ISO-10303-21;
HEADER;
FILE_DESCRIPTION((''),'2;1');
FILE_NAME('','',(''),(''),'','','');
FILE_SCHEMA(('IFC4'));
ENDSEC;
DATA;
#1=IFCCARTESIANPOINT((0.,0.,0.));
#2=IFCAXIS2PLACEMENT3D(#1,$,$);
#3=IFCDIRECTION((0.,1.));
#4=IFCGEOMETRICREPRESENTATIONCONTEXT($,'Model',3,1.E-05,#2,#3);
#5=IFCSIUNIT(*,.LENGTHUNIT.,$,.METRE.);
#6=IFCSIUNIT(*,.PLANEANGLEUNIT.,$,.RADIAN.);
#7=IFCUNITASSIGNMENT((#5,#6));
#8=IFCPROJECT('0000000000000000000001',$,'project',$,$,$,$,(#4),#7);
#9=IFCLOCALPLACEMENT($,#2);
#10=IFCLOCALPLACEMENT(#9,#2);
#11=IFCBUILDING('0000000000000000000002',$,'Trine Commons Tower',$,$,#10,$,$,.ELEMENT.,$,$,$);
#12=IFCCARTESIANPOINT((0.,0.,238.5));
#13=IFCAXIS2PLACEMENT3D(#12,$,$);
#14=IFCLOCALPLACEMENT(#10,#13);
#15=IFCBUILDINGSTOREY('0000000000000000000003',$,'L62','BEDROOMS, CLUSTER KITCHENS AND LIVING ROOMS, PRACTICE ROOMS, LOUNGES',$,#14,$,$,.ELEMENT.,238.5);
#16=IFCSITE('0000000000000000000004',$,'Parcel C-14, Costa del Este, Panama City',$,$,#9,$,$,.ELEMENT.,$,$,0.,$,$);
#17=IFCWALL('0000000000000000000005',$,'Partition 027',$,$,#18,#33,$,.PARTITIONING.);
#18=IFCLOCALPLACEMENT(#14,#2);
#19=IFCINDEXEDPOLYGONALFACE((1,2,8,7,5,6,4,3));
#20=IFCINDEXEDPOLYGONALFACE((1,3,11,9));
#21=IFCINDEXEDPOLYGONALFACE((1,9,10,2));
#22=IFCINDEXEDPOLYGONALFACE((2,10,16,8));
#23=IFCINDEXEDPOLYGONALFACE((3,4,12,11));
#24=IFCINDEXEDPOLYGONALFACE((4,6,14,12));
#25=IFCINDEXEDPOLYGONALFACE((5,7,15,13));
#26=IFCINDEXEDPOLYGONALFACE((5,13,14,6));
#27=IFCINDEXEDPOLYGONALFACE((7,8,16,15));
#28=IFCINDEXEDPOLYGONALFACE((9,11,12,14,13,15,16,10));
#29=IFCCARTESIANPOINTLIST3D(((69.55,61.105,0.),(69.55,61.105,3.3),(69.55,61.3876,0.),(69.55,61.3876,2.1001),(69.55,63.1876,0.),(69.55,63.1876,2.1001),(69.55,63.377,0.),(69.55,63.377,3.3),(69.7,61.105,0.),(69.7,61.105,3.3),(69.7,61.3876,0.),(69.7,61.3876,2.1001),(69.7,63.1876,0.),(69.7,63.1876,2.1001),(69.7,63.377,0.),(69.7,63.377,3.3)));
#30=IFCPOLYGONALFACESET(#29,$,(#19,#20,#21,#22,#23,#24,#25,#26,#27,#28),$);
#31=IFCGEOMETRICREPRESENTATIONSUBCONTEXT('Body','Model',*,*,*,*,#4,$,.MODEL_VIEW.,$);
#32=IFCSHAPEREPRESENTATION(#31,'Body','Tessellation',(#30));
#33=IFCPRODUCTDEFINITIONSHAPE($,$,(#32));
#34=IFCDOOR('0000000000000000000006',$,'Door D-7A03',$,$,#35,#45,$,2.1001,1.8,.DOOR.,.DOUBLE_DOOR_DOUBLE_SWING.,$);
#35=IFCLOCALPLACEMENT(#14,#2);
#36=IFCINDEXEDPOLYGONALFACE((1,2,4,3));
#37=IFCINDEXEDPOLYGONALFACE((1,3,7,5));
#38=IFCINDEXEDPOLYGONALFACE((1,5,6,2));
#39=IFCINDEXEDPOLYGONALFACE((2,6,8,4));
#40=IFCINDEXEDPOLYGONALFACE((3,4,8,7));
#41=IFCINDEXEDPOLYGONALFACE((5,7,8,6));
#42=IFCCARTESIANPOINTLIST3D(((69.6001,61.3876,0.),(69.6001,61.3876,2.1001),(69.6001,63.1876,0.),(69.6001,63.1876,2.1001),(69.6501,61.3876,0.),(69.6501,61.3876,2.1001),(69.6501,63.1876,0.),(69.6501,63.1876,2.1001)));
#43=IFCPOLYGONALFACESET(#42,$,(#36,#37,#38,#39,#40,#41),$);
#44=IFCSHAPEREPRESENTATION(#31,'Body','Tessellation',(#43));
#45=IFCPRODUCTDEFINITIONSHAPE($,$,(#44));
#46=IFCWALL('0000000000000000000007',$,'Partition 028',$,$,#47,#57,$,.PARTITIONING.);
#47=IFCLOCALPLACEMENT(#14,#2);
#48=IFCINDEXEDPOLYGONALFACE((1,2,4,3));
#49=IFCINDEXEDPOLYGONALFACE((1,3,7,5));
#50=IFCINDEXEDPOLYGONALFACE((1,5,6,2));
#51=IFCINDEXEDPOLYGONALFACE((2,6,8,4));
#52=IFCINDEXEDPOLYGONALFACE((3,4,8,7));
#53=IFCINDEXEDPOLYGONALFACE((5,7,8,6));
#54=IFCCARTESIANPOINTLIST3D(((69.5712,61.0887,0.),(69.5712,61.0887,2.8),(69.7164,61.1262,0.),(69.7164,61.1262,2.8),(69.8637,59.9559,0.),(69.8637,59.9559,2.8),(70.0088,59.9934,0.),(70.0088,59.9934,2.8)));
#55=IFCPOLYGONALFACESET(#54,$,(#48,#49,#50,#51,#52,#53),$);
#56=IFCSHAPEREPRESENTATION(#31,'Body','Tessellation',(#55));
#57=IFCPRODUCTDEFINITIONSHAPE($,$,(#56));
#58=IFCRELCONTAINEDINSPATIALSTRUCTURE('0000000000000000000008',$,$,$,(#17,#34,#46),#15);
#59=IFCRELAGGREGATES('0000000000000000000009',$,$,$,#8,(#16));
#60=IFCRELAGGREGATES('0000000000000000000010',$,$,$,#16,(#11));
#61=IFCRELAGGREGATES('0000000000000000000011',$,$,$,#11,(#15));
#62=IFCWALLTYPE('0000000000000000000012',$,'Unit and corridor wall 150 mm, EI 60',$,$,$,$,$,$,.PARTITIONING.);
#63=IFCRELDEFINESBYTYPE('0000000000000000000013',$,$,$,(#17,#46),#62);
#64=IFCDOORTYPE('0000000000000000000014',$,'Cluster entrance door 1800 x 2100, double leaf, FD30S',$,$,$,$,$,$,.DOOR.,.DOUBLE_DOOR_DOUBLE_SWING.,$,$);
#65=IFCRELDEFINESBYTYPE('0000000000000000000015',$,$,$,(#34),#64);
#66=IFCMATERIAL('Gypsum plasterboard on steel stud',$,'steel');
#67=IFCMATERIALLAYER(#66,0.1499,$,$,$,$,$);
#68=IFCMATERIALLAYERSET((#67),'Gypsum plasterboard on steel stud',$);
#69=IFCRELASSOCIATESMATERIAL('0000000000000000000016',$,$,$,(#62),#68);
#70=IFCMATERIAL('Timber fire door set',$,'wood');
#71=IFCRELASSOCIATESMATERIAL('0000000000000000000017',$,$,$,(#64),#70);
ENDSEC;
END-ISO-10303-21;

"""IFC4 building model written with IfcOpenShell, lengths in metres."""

from ifc_helpers import new_model, si_unit, direction, frame, frame_2d, origin, place, context, subcontext, project, spatial, rectangle, extrude, material, layer, layer_set, type_object, element, fill, save


model = new_model("IFC4")

# Units and contexts
model_context = context("Model", 3, precision=1e-05, world=origin(), true_north=direction((0.0, 1.0)))
body_context = subcontext(model_context, "Body", "Model", "MODEL_VIEW")
ifc_project = project(units=[si_unit("LENGTHUNIT", "METRE"), si_unit("PLANEANGLEUNIT", "RADIAN")], contexts=[model_context])

# Site, building, storey
site_placement = place(None, origin())
site = spatial("IfcSite", under=ifc_project, at=site_placement, Name="Parcel C-14, Costa del Este, Panama City", CompositionType="ELEMENT", RefElevation=0.0)
building_placement = place(site_placement, origin())
building = spatial("IfcBuilding", under=site, at=building_placement, Name="Trine Commons Tower", CompositionType="ELEMENT")
storey_placement = place(building_placement, frame((0.0, 0.0, 238.5)))
storey = spatial("IfcBuildingStorey", under=building, at=storey_placement, Name="L62", Description="BEDROOMS, CLUSTER KITCHENS AND LIVING ROOMS, PRACTICE ROOMS, LOUNGES", CompositionType="ELEMENT", Elevation=238.5)

# Shared definitions
ifc_material_1 = material(Name="Gypsum plasterboard on steel stud", Category="steel")
ifc_layer_1 = layer(ifc_material_1, 0.1499)
ifc_layer_set_1 = layer_set([ifc_layer_1], Name="Gypsum plasterboard on steel stud")
wall_type_1 = type_object("IfcWallType", Name="Unit and corridor wall 150 mm, EI 60", PredefinedType="PARTITIONING", material=ifc_layer_set_1)
ifc_material_2 = material(Name="Timber fire door set", Category="wood")

# Wall, opening, door
wall_1_placement = place(storey_placement, frame((69.625, 61.105, 0.0), z_axis=(0.0, 0.0, 1.0), x_axis=(0.0, 1.0, 0.0)))
wall_1 = element("IfcWall", 1, at=wall_1_placement, inside=storey, type_object=wall_type_1, Name="Partition 027", PredefinedType="PARTITIONING", context=body_context, shape_type="SweptSolid", body=[
    extrude(rectangle(XDim=2.272, YDim=0.1499, at=frame_2d((1.136, 0.0))), origin(), (0.0, 0.0, 1.0), 3.3),
])
opening_1_placement = place(wall_1_placement, frame((0.2827, 0.0, 0.0)))
opening_1 = element("IfcOpeningElement", 2, at=opening_1_placement, cuts=wall_1, PredefinedType="OPENING", context=body_context, shape_type="SweptSolid", body=[
    extrude(rectangle(XDim=1.8, YDim=2.1001, at=frame_2d((0.8999, 1.05))), frame((0.0, 0.085, 0.0), z_axis=(0.0, -1.0, 0.0), x_axis=(1.0, 0.0, 0.0)), (0.0, 0.0, 1.0), 0.1699),
])
door_type_1 = type_object("IfcDoorType", Name="Cluster entrance door 1800 x 2100, double leaf, FD30S", OperationType="DOUBLE_DOOR_DOUBLE_SWING", PredefinedType="DOOR", material=ifc_material_2)
door_1_placement = place(opening_1_placement, origin())
door_1 = element("IfcDoor", 3, at=door_1_placement, inside=storey, type_object=door_type_1, Name="Door D-7A03", OperationType="DOUBLE_DOOR_DOUBLE_SWING", OverallHeight=2.1001, OverallWidth=1.8, PredefinedType="DOOR", context=body_context, shape_type="SweptSolid", body=[
    extrude(rectangle(XDim=1.8, YDim=2.1001, at=frame_2d((0.8999, 1.05))), frame((0.0, 0.0249, 0.0), z_axis=(0.0, -1.0, 0.0), x_axis=(1.0, 0.0, 0.0)), (0.0, 0.0, 1.0), 0.05),
])
fill(opening_1, door_1)

# Wall
wall_2_placement = place(storey_placement, frame((69.6438, 61.1074, 0.0), z_axis=(0.0, 0.0, 1.0), x_axis=(0.249992, -0.968248, 0.0)))
element("IfcWall", 4, at=wall_2_placement, inside=storey, type_object=wall_type_1, Name="Partition 028", PredefinedType="PARTITIONING", context=body_context, shape_type="SweptSolid", body=[
    extrude(rectangle(XDim=1.1699, YDim=0.1499, at=frame_2d((0.585, 0.0))), origin(), (0.0, 0.0, 1.0), 2.8),
])

save(model, "model.ifc")
